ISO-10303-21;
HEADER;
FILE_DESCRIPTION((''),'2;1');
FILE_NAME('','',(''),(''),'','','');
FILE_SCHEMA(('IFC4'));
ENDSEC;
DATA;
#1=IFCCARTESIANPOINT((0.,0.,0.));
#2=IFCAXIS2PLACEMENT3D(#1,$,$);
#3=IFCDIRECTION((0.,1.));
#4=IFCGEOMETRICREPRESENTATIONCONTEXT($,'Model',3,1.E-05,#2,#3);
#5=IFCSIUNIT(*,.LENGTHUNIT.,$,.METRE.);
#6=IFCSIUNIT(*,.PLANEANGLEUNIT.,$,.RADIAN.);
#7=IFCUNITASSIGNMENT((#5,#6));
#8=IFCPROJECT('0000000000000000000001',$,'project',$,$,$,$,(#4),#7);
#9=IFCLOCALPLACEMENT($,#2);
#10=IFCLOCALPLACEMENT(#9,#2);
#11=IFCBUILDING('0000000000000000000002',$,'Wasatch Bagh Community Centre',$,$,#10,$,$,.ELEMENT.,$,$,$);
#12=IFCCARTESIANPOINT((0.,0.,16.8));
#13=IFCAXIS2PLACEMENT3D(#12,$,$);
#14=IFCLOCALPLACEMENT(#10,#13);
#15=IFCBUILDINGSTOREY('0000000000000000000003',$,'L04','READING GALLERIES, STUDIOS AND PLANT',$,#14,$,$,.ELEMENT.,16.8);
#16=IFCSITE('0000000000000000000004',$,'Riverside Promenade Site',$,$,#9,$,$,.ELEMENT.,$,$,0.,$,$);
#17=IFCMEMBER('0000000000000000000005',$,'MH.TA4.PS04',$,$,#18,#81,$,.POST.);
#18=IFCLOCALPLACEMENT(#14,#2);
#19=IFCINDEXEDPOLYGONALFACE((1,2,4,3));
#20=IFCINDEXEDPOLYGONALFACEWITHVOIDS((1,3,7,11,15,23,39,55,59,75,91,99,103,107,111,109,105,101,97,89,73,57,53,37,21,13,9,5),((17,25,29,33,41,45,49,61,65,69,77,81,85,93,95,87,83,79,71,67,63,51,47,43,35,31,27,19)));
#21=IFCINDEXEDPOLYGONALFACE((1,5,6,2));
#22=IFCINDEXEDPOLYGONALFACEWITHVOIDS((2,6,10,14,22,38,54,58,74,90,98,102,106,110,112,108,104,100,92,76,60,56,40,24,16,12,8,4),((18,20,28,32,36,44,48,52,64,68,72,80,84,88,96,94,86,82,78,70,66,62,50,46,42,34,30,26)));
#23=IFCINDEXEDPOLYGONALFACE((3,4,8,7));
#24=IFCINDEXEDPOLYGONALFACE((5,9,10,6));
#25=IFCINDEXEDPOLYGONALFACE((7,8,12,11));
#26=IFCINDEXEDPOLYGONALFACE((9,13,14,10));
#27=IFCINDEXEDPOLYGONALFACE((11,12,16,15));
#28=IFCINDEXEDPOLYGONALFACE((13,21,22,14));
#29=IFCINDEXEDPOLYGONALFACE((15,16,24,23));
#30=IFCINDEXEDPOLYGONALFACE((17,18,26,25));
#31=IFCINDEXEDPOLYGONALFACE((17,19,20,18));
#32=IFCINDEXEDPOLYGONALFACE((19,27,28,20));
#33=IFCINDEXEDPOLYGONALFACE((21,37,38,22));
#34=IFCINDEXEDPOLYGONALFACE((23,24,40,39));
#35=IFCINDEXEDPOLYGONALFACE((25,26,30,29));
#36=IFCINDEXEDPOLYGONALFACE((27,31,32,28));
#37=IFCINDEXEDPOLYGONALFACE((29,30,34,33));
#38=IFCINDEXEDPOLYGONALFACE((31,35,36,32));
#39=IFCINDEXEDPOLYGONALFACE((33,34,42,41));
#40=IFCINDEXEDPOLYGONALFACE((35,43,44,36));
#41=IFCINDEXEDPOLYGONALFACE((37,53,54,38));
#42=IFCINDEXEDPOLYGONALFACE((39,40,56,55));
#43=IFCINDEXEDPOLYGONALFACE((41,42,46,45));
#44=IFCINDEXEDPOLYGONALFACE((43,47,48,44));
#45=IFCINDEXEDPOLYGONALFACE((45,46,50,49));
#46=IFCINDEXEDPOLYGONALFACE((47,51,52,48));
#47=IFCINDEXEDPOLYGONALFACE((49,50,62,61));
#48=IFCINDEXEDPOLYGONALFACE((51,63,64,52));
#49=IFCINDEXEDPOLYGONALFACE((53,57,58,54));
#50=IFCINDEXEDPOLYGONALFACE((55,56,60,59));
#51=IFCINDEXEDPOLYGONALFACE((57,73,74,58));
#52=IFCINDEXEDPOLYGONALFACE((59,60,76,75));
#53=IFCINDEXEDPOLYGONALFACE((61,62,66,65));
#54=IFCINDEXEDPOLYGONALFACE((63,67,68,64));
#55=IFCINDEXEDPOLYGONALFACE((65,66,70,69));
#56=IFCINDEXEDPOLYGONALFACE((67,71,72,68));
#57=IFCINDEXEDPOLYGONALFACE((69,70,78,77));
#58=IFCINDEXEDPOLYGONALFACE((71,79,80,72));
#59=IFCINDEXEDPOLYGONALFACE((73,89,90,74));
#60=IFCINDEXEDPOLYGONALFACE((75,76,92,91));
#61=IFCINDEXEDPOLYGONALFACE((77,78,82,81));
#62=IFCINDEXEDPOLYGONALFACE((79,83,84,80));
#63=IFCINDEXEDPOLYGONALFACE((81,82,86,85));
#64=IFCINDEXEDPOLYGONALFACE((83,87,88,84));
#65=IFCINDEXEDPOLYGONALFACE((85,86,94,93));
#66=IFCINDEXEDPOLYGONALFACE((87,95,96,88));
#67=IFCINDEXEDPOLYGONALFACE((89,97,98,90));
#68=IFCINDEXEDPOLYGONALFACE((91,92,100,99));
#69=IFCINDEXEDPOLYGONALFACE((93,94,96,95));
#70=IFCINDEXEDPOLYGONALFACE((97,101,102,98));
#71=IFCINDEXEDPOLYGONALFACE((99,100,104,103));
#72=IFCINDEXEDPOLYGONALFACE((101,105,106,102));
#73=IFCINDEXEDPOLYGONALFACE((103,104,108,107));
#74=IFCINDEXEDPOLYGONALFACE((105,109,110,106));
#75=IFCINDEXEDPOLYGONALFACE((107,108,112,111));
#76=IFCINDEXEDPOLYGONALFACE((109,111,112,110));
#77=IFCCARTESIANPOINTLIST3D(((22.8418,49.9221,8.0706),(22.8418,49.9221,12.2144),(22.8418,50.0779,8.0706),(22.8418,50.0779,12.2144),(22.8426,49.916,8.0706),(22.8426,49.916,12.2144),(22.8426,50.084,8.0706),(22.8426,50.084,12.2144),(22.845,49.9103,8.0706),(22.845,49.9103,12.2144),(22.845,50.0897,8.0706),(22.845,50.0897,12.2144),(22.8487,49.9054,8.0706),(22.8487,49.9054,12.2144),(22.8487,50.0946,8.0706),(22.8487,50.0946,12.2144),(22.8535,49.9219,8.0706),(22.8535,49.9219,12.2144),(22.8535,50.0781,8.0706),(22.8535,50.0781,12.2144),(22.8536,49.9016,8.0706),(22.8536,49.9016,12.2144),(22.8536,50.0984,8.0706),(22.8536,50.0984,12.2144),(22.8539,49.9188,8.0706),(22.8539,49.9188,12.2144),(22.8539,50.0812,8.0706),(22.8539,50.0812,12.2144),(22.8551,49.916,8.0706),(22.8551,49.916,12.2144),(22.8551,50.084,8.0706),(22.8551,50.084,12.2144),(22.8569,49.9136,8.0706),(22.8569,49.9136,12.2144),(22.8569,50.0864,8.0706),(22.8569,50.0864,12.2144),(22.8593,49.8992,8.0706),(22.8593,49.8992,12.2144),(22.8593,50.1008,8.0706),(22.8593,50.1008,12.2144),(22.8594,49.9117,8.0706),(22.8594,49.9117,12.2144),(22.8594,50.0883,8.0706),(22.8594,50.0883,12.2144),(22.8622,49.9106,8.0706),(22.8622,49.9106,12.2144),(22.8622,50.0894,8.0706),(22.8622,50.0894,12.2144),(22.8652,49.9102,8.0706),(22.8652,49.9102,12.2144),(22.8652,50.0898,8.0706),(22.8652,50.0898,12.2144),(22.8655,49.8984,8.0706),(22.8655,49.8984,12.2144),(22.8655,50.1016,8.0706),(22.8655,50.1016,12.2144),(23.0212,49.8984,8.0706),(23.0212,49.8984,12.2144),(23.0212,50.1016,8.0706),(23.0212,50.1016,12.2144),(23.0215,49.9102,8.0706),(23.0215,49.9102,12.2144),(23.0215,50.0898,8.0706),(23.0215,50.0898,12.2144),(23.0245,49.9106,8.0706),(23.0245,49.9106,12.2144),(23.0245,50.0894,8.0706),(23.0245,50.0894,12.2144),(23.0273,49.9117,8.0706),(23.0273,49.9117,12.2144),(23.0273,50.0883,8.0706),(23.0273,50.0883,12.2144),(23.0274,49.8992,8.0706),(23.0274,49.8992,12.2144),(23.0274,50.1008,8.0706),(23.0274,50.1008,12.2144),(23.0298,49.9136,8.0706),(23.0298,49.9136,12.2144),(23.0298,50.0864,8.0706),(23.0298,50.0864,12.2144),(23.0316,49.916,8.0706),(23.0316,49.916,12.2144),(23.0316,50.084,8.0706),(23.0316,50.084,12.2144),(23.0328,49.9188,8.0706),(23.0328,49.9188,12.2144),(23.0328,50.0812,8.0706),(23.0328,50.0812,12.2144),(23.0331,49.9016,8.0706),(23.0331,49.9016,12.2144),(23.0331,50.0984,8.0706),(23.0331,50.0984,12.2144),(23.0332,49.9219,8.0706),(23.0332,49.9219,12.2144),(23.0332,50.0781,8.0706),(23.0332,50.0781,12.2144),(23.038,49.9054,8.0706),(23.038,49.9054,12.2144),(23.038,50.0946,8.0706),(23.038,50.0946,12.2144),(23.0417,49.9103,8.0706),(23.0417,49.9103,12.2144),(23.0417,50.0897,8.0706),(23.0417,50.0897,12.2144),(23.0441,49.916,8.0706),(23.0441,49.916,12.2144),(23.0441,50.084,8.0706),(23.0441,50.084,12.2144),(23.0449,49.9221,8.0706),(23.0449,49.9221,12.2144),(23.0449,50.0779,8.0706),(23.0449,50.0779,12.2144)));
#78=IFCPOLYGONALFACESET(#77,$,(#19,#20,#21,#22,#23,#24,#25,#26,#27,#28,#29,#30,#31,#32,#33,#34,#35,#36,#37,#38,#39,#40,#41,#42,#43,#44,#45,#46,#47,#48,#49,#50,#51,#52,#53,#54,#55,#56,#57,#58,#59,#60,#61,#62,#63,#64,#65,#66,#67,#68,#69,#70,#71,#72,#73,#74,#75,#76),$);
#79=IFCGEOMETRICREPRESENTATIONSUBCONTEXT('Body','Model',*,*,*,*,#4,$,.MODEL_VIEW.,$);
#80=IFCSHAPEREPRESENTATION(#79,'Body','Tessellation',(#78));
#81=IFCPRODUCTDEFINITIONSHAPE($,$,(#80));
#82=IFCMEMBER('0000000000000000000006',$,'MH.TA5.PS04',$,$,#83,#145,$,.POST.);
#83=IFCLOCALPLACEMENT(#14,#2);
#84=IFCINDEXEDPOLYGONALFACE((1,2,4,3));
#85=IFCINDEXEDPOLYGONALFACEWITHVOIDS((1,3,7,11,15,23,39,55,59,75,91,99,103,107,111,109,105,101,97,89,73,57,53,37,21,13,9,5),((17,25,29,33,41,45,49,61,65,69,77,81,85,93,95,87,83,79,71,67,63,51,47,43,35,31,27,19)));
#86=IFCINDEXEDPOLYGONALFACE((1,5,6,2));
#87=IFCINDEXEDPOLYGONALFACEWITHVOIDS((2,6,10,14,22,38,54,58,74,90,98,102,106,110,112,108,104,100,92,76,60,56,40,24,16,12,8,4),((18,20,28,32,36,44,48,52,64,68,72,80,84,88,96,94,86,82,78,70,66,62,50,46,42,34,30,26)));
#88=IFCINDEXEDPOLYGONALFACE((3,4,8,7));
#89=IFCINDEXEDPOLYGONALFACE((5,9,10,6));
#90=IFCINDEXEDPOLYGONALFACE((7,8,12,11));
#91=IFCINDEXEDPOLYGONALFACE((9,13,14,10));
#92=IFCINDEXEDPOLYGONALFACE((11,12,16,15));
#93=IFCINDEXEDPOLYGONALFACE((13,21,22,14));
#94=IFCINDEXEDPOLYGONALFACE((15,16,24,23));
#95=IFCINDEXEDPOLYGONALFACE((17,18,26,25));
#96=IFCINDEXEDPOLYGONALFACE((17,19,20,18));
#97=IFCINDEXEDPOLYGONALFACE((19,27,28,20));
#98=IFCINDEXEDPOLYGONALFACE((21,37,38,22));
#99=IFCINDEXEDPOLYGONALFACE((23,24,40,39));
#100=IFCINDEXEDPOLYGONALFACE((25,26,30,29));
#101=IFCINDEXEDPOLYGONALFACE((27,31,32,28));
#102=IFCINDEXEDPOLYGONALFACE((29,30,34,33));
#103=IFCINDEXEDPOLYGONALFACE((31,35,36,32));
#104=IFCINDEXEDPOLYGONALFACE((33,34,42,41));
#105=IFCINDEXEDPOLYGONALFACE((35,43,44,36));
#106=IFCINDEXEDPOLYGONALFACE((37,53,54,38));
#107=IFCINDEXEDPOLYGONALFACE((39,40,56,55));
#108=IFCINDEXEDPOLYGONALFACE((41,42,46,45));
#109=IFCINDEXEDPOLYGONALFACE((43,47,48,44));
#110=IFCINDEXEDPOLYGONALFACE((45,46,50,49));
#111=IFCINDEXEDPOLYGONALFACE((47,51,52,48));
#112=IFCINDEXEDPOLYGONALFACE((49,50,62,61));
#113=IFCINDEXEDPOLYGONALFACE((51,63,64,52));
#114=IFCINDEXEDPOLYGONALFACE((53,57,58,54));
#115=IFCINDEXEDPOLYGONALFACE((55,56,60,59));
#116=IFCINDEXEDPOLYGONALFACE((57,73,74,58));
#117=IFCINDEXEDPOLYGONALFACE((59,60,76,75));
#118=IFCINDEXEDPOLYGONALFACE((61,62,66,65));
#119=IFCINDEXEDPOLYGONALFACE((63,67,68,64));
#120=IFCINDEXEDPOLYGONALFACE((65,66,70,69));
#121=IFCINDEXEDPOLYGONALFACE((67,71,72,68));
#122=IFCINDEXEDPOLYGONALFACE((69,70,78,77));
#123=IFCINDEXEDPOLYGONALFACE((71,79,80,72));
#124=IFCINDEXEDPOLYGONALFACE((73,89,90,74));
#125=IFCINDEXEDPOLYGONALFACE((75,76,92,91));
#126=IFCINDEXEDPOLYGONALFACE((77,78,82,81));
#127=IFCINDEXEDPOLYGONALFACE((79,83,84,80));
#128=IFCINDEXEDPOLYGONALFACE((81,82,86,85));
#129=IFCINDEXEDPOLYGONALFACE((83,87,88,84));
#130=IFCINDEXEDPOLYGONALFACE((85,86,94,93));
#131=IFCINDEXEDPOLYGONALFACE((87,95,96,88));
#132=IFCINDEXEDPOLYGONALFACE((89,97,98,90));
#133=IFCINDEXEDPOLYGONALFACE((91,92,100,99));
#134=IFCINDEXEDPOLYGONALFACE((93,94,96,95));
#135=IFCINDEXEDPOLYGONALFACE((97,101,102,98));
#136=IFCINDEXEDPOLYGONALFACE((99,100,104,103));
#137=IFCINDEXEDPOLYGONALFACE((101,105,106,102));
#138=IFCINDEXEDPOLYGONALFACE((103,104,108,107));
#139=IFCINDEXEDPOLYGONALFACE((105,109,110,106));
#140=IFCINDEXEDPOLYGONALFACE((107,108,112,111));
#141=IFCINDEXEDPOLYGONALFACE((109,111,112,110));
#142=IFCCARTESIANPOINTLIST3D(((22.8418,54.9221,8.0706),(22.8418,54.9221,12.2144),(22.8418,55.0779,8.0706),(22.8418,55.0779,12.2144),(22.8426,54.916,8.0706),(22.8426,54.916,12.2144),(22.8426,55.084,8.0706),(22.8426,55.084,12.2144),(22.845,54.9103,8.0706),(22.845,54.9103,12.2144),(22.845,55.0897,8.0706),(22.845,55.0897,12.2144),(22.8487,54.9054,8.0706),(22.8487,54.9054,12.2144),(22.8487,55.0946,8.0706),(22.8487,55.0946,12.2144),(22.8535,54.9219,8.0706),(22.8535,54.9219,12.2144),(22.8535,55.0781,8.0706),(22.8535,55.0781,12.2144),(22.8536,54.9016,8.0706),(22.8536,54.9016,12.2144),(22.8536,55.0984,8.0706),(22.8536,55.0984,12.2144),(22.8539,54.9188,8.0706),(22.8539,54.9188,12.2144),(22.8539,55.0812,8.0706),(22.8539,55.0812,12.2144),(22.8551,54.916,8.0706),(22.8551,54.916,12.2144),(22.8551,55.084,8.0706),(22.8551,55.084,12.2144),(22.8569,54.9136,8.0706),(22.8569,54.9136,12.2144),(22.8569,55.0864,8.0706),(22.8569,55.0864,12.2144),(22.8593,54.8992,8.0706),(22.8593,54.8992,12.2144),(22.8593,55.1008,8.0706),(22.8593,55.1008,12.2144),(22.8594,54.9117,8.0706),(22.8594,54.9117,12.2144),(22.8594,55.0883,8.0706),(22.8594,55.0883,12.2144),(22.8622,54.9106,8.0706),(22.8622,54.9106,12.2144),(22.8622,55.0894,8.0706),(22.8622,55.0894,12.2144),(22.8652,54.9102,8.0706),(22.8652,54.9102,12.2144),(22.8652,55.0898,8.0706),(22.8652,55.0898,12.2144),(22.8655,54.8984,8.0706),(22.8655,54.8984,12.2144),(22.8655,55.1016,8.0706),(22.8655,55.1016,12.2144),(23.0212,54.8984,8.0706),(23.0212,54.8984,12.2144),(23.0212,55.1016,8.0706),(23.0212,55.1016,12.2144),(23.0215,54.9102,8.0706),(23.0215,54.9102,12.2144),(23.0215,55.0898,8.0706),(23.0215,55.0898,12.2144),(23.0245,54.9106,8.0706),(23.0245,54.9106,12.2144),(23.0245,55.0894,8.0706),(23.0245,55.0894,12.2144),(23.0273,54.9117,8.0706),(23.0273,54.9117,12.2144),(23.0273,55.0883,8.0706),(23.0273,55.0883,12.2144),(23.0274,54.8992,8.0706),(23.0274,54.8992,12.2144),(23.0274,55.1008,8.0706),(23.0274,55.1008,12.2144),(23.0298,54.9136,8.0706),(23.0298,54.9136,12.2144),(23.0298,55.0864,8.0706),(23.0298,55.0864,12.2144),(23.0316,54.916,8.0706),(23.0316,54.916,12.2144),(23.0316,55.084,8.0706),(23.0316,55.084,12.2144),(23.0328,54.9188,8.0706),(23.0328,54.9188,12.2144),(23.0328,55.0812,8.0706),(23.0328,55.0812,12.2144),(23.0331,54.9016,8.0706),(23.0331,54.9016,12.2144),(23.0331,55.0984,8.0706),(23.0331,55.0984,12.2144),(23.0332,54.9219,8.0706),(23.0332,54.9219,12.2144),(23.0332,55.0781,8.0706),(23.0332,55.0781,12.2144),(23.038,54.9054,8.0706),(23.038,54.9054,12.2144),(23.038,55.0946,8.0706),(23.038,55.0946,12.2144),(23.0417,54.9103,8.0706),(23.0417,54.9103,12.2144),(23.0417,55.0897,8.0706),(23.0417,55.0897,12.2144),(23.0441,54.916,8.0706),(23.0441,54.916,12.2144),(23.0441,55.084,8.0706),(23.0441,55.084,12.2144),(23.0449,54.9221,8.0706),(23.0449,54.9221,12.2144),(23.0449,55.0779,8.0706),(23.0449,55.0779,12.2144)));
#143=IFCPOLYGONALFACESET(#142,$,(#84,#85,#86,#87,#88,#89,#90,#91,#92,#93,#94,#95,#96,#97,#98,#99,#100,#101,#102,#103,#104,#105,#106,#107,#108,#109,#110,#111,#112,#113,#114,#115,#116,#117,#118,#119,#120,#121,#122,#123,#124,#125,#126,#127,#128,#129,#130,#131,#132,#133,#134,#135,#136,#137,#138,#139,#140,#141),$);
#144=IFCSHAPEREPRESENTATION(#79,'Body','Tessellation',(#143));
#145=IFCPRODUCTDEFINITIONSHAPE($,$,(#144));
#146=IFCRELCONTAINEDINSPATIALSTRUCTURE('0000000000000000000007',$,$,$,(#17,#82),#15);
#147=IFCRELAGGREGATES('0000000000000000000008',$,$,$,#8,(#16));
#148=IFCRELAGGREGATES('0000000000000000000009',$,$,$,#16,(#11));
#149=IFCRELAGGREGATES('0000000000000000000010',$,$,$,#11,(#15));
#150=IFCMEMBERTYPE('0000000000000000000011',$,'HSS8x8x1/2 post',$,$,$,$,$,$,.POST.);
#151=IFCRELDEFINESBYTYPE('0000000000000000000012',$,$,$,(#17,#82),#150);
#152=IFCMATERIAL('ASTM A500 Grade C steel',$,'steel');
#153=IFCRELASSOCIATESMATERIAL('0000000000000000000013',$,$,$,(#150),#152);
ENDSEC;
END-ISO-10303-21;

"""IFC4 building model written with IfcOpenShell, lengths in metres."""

from ifc_helpers import new_model, si_unit, direction, frame, origin, origin_2d, place, context, subcontext, project, spatial, hollow_rectangle, extrude, material, material_profile, profile_set, type_object, element, save


model = new_model("IFC4")

# Units and contexts
model_context = context("Model", 3, precision=1e-05, world=origin(), true_north=direction((0.0, 1.0)))
body_context = subcontext(model_context, "Body", "Model", "MODEL_VIEW")
ifc_project = project(units=[si_unit("LENGTHUNIT", "METRE"), si_unit("PLANEANGLEUNIT", "RADIAN")], contexts=[model_context])

# Site, building, storey
site_placement = place(None, origin())
site = spatial("IfcSite", under=ifc_project, at=site_placement, Name="Riverside Promenade Site", CompositionType="ELEMENT", RefElevation=0.0)
building_placement = place(site_placement, origin())
building = spatial("IfcBuilding", under=site, at=building_placement, Name="Wasatch Bagh Community Centre", CompositionType="ELEMENT")
storey_placement = place(building_placement, frame((0.0, 0.0, 16.8)))
storey = spatial("IfcBuildingStorey", under=building, at=storey_placement, Name="L04", Description="READING GALLERIES, STUDIOS AND PLANT", CompositionType="ELEMENT", Elevation=16.8)

# Members
ifc_material_1 = material(Name="ASTM A500 Grade C steel", Category="steel")
ifc_material_profile_1 = material_profile(ifc_material_1, hollow_rectangle(XDim=0.2031, YDim=0.2031, WallThickness=0.0117, InnerFilletRadius=0.0117, OuterFilletRadius=0.0237, at=origin_2d()), Name="HSS8x8x1/2")
ifc_profile_set_1 = profile_set([ifc_material_profile_1], Name="ASTM A500 Grade C steel")
member_type_1 = type_object("IfcMemberType", Name="HSS8x8x1/2 post", PredefinedType="POST", material=ifc_profile_set_1)
for number, where, z_axis, x_axis, name in (
    (1, (22.9434, 50.0, 8.0706), (0.0, 0.0, 1.0), (1.0, 0.0, 0.0), "MH.TA4.PS04"),
    (2, (22.9434, 55.0, 8.0706), (0.0, 0.0, 1.0), (1.0, 0.0, 0.0), "MH.TA5.PS04"),
):
    element("IfcMember", number, at=place(storey_placement, frame(where, z_axis=z_axis, x_axis=x_axis)), inside=storey, type_object=member_type_1, Name=name, PredefinedType="POST", context=body_context, shape_type="SweptSolid", body=[
        extrude(hollow_rectangle(XDim=0.2031, YDim=0.2031, WallThickness=0.0117, InnerFilletRadius=0.0117, OuterFilletRadius=0.0237, at=origin_2d()), origin(), (0.0, 0.0, 1.0), 4.1438),
    ])

save(model, "model.ifc")
